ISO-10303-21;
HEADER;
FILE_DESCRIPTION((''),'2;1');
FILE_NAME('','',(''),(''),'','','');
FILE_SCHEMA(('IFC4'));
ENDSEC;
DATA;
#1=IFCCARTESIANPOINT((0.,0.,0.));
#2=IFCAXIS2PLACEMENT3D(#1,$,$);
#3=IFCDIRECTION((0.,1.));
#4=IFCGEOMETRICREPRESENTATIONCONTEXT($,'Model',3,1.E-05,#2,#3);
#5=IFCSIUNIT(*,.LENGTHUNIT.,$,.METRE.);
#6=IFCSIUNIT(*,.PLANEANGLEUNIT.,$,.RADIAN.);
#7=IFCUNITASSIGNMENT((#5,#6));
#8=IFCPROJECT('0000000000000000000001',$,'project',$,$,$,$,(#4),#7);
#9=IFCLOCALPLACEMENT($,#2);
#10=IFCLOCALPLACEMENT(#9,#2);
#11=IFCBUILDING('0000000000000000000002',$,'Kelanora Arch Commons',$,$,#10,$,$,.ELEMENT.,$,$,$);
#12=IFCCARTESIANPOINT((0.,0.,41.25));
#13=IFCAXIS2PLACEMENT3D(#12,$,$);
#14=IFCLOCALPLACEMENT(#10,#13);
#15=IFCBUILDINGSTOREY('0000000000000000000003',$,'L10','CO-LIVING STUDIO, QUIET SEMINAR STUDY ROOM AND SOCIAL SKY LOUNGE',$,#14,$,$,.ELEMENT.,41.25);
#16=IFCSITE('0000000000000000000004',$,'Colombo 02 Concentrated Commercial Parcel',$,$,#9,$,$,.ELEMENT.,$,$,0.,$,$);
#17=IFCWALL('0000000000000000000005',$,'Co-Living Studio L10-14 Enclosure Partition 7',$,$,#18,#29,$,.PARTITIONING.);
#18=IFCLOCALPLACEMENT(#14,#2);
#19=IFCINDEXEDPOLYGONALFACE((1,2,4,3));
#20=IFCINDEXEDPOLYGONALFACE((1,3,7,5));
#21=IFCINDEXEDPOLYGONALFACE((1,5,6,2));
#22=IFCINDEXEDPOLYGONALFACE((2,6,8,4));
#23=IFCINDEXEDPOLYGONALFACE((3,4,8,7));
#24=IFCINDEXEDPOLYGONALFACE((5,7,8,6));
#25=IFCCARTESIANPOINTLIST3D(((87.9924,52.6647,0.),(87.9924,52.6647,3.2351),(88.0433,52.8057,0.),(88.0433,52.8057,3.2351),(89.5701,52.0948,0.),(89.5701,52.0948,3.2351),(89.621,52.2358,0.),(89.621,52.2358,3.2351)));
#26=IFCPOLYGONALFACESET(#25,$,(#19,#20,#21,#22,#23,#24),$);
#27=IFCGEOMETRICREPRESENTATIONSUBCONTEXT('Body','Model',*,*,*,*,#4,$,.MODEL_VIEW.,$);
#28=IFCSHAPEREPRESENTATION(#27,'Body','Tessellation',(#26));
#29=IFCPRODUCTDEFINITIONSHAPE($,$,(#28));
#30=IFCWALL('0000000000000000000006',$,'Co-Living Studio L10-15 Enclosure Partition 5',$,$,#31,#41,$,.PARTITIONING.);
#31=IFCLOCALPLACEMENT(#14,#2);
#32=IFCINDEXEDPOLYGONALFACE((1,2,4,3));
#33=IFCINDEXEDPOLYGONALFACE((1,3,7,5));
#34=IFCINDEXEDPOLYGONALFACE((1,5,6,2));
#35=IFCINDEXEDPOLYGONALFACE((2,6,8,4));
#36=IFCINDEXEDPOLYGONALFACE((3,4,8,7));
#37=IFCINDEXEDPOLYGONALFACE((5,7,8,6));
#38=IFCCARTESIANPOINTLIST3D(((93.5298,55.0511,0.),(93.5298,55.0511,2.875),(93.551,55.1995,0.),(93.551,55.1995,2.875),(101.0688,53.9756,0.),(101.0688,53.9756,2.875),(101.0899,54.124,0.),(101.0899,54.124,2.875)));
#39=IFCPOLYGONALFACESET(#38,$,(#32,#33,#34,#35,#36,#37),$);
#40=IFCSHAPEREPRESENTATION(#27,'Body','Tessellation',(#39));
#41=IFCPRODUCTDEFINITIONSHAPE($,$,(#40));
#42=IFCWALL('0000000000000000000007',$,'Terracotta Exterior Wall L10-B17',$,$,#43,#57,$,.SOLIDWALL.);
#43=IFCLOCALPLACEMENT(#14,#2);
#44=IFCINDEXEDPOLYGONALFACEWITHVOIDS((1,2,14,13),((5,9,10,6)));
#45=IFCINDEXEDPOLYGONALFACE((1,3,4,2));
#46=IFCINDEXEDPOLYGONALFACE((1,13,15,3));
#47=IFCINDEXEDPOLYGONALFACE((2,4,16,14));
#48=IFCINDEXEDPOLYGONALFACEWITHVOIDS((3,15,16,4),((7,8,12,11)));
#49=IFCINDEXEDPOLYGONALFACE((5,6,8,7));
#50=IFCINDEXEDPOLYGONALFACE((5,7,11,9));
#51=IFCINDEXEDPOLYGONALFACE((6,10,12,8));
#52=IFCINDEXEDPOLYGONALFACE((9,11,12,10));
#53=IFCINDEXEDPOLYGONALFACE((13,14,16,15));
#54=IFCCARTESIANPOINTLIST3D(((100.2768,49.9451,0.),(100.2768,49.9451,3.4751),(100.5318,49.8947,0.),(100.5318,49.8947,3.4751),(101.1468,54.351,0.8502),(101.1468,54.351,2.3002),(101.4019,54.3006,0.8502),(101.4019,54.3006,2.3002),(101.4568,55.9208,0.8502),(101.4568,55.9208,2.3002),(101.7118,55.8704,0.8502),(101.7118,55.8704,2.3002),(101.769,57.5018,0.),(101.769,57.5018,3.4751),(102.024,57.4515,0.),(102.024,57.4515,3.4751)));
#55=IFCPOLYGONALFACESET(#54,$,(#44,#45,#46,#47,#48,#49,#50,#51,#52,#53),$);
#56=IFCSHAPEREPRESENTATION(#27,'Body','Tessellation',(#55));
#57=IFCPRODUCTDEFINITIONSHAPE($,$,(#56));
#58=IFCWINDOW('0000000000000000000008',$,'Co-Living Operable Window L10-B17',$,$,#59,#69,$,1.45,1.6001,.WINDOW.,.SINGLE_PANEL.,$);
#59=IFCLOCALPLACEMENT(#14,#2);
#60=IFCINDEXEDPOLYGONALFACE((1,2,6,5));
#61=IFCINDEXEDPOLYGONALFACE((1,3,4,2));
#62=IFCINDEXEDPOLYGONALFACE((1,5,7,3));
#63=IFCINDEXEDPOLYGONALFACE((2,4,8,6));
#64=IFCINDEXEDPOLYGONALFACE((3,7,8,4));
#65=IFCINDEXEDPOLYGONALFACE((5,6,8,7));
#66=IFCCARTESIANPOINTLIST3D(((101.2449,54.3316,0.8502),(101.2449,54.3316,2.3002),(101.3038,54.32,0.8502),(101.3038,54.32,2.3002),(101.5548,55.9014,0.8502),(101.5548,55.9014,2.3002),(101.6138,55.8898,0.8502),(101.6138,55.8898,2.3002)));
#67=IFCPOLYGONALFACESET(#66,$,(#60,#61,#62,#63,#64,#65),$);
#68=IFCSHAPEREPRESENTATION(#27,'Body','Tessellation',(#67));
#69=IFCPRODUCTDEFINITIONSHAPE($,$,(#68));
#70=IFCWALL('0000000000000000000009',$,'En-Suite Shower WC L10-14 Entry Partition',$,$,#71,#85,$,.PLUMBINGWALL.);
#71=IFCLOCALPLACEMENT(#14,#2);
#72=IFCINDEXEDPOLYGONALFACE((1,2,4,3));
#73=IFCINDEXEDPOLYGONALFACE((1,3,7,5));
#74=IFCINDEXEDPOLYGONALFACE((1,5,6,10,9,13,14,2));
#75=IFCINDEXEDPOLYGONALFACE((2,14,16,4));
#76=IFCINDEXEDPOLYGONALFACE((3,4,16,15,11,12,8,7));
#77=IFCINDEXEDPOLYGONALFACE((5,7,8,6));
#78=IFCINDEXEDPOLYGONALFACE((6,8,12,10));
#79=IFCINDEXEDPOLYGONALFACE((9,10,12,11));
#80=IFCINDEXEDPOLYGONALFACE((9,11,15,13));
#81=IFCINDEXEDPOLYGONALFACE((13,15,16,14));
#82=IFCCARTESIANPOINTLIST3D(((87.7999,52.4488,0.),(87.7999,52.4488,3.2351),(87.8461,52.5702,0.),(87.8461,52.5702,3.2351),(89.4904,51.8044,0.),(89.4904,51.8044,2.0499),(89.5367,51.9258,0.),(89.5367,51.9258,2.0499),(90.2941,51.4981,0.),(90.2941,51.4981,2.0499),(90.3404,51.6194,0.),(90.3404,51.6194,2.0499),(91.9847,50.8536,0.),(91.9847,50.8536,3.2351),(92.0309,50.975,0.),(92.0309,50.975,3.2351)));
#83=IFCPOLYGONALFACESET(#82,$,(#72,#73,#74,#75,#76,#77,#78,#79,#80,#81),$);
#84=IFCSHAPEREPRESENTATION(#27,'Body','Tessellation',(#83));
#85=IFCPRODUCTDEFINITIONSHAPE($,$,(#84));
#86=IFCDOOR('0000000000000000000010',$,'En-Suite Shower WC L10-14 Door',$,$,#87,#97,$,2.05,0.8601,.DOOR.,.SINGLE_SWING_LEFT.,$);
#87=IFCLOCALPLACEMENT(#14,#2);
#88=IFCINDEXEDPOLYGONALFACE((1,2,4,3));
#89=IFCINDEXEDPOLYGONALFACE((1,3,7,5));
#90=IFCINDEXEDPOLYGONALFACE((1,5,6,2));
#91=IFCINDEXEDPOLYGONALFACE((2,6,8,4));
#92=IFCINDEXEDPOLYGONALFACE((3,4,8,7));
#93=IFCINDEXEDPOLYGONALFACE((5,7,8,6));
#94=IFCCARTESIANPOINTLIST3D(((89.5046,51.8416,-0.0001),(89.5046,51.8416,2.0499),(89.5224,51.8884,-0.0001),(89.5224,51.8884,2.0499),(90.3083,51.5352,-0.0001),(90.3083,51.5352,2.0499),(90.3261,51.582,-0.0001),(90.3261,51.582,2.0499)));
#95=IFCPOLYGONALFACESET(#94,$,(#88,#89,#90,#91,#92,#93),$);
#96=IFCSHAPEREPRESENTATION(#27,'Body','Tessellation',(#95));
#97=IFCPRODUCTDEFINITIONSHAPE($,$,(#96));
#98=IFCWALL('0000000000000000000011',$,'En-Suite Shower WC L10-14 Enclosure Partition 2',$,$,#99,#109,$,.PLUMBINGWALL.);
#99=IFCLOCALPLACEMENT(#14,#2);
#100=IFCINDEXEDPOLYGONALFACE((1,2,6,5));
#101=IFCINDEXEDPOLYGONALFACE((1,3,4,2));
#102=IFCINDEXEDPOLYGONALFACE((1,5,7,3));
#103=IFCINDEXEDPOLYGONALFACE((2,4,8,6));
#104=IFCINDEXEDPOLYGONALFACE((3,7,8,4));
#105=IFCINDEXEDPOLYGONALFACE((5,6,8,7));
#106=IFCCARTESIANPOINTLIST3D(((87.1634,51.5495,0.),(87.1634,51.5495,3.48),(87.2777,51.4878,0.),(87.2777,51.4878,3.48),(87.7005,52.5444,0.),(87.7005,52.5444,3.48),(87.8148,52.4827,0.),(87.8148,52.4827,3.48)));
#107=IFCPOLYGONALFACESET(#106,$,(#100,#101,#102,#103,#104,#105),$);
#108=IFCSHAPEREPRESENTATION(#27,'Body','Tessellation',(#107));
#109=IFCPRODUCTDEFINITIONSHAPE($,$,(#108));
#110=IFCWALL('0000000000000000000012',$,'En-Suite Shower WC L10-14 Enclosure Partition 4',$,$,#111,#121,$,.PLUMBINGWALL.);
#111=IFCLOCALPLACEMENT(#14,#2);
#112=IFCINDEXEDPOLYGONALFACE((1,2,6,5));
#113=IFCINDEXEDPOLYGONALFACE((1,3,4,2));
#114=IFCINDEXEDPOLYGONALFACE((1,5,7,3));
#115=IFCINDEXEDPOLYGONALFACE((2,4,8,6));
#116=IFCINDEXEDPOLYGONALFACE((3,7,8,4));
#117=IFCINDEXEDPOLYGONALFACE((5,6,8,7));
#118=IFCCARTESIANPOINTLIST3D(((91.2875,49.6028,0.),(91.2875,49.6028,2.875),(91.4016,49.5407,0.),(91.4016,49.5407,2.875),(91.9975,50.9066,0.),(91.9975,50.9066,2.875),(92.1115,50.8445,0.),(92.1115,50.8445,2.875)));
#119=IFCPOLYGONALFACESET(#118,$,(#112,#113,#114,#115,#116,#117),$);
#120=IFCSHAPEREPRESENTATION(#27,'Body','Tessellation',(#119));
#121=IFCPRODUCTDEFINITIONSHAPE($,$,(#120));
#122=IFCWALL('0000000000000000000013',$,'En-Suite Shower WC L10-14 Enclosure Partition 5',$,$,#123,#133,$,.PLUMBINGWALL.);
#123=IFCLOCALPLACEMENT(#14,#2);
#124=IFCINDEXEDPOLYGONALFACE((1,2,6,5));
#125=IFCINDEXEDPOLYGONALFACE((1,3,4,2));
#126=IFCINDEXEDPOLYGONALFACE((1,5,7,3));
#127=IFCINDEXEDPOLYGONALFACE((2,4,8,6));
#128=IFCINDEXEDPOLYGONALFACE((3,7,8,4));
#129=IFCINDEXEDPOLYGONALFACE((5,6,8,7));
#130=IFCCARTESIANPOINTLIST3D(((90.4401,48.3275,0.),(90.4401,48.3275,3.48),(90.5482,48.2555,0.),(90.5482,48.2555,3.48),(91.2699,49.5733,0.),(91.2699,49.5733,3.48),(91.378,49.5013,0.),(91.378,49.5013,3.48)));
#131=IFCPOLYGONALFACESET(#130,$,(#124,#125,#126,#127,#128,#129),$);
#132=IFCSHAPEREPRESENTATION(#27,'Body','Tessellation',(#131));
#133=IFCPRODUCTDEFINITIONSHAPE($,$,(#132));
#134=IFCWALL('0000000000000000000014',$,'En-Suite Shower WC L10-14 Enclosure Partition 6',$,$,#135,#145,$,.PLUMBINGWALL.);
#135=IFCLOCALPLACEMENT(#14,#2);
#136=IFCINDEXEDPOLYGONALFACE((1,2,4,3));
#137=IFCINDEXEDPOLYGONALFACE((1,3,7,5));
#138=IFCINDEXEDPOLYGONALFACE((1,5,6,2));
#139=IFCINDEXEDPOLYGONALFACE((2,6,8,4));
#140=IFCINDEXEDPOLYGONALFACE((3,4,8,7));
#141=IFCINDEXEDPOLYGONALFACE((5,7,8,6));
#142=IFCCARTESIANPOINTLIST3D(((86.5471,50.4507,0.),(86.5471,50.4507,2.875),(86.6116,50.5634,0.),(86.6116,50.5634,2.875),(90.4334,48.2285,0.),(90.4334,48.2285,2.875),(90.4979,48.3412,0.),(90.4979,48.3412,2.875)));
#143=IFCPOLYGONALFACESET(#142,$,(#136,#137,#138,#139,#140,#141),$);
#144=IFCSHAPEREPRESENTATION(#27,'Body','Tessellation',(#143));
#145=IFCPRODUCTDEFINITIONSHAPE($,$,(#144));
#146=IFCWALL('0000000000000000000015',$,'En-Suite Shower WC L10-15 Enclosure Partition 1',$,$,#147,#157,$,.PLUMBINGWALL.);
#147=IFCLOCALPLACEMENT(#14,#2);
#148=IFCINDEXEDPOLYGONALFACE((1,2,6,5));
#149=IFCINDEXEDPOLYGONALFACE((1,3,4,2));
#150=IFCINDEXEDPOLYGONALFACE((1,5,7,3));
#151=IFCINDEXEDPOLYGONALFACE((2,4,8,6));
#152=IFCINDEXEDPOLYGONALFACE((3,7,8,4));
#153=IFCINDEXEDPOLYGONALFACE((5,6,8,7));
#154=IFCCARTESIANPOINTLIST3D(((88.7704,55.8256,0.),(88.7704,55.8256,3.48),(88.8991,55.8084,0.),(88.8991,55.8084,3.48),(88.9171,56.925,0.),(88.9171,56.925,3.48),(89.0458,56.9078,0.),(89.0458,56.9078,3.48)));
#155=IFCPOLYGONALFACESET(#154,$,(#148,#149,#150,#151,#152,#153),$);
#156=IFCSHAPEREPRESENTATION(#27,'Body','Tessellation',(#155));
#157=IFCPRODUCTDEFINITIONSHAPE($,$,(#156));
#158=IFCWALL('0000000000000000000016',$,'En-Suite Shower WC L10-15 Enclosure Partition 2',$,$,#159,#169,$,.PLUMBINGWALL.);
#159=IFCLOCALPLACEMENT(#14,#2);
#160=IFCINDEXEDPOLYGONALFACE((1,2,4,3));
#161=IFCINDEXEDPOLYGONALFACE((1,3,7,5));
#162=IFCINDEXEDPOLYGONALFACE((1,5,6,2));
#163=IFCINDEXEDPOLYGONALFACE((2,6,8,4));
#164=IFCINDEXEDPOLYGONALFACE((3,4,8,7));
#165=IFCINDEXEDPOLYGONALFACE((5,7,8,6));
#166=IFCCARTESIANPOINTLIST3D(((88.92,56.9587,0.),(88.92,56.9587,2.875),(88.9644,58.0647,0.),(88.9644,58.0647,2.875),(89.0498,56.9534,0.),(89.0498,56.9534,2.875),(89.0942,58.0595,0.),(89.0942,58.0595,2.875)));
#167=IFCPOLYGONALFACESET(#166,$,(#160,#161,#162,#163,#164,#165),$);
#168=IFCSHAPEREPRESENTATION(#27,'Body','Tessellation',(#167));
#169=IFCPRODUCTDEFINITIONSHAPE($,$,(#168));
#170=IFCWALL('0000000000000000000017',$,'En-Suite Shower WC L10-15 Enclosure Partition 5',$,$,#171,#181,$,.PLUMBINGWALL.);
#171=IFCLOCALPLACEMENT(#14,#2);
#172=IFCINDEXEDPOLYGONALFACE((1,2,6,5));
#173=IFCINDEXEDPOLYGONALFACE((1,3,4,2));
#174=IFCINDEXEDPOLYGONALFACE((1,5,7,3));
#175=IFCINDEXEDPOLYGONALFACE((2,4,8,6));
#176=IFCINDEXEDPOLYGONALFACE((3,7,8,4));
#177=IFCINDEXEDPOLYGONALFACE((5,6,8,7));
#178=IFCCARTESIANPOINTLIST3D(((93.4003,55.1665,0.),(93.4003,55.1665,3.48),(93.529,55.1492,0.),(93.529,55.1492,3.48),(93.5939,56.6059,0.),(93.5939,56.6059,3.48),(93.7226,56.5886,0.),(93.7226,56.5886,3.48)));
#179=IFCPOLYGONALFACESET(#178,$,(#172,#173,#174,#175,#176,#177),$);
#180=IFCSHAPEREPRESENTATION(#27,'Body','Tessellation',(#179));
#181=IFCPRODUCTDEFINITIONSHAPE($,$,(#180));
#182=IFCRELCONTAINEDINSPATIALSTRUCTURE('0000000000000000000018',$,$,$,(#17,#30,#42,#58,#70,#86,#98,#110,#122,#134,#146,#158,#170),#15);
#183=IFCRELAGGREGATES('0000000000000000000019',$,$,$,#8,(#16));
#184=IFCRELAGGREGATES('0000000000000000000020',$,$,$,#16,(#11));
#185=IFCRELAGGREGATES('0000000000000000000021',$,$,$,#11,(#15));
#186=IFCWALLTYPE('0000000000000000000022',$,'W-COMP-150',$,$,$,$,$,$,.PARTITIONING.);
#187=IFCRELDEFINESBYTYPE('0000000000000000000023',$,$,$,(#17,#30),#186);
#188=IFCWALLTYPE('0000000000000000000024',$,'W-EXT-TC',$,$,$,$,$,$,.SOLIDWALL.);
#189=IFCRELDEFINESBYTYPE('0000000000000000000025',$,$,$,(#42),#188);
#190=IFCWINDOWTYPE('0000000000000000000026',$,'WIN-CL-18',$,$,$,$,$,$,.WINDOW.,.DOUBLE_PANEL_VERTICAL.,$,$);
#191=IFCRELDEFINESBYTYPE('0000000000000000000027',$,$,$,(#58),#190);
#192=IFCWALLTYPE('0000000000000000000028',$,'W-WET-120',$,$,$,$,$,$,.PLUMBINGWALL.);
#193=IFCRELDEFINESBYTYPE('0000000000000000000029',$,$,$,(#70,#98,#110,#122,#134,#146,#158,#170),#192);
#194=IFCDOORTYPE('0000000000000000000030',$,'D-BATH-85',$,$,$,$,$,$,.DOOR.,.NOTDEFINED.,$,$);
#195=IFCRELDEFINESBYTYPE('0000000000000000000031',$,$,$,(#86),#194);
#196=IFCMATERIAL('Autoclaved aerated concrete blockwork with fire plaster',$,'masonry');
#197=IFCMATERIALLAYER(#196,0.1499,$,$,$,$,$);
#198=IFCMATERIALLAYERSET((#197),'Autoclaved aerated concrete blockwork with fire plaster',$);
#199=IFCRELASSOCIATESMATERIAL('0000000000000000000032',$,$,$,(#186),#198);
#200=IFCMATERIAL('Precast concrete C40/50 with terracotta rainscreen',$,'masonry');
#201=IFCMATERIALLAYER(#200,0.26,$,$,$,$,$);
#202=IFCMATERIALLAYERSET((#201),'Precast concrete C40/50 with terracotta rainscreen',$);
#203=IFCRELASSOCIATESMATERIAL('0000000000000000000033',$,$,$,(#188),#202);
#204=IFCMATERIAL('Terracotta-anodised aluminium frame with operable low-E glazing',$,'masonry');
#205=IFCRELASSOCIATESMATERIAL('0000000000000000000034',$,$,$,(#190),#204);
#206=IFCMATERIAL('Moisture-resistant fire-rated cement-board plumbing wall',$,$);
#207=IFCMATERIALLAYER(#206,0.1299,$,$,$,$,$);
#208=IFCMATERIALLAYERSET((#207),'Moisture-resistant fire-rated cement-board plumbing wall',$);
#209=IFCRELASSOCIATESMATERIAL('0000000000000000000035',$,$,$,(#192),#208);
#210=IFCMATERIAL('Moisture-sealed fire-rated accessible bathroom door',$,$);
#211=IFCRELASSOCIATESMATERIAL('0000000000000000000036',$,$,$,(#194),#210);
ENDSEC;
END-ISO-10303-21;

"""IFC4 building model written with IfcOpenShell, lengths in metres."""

from ifc_helpers import new_model, si_unit, direction, frame, frame_2d, origin, place, context, subcontext, project, spatial, rectangle, extrude, material, layer, layer_set, type_object, element, fill, save


model = new_model("IFC4")

# Units and contexts
model_context = context("Model", 3, precision=1e-05, world=origin(), true_north=direction((0.0, 1.0)))
body_context = subcontext(model_context, "Body", "Model", "MODEL_VIEW")
ifc_project = project(units=[si_unit("LENGTHUNIT", "METRE"), si_unit("PLANEANGLEUNIT", "RADIAN")], contexts=[model_context])

# Site, building, storey
site_placement = place(None, origin())
site = spatial("IfcSite", under=ifc_project, at=site_placement, Name="Colombo 02 Concentrated Commercial Parcel", CompositionType="ELEMENT", RefElevation=0.0)
building_placement = place(site_placement, origin())
building = spatial("IfcBuilding", under=site, at=building_placement, Name="Kelanora Arch Commons", CompositionType="ELEMENT")
storey_placement = place(building_placement, frame((0.0, 0.0, 41.25)))
storey = spatial("IfcBuildingStorey", under=building, at=storey_placement, Name="L10", Description="CO-LIVING STUDIO, QUIET SEMINAR STUDY ROOM AND SOCIAL SKY LOUNGE", CompositionType="ELEMENT", Elevation=41.25)

# Shared definitions
ifc_material_1 = material(Name="Autoclaved aerated concrete blockwork with fire plaster", Category="masonry")
ifc_layer_1 = layer(ifc_material_1, 0.1499)
ifc_layer_set_1 = layer_set([ifc_layer_1], Name="Autoclaved aerated concrete blockwork with fire plaster")
wall_type_1 = type_object("IfcWallType", Name="W-COMP-150", PredefinedType="PARTITIONING", material=ifc_layer_set_1)

# Walls
wall_1_placement = place(storey_placement, frame((89.5957, 52.1653, 0.0), z_axis=(0.0, 0.0, 1.0), x_axis=(-0.940531, 0.339709, 0.0)))
element("IfcWall", 1, at=wall_1_placement, inside=storey, type_object=wall_type_1, Name="Co-Living Studio L10-14 Enclosure Partition 7", PredefinedType="PARTITIONING", context=body_context, shape_type="SweptSolid", body=[
    extrude(rectangle(XDim=1.6775, YDim=0.1499, at=frame_2d((0.8389, 0.0))), origin(), (0.0, 0.0, 1.0), 3.2351),
])
wall_2_placement = place(storey_placement, frame((101.0793, 54.0498, 0.0), z_axis=(0.0, 0.0, 1.0), x_axis=(-0.989978, 0.141224, 0.0)))
element("IfcWall", 2, at=wall_2_placement, inside=storey, type_object=wall_type_1, Name="Co-Living Studio L10-15 Enclosure Partition 5", PredefinedType="PARTITIONING", context=body_context, shape_type="SweptSolid", body=[
    extrude(rectangle(XDim=7.6152, YDim=0.1499, at=frame_2d((3.8076, 0.0))), origin(), (0.0, 0.0, 1.0), 2.875),
])

# Wall, opening, window
ifc_material_2 = material(Name="Precast concrete C40/50 with terracotta rainscreen", Category="masonry")
ifc_layer_2 = layer(ifc_material_2, 0.26)
ifc_layer_set_2 = layer_set([ifc_layer_2], Name="Precast concrete C40/50 with terracotta rainscreen")
wall_type_2 = type_object("IfcWallType", Name="W-EXT-TC", PredefinedType="SOLIDWALL", material=ifc_layer_set_2)
wall_3_placement = place(storey_placement, frame((100.4043, 49.9199, 0.0), z_axis=(0.0, 0.0, 1.0), x_axis=(0.193726, 0.981056, 0.0)))
wall_3 = element("IfcWall", 3, at=wall_3_placement, inside=storey, type_object=wall_type_2, Name="Terracotta Exterior Wall L10-B17", PredefinedType="SOLIDWALL", context=body_context, shape_type="SweptSolid", body=[
    extrude(rectangle(XDim=7.7026, YDim=0.26, at=frame_2d((3.8513, 0.0))), origin(), (0.0, 0.0, 1.0), 3.4751),
])
opening_1_placement = place(wall_3_placement, frame((4.491, 0.0, 0.8501)))
opening_1 = element("IfcOpeningElement", 4, at=opening_1_placement, cuts=wall_3, PredefinedType="OPENING", context=body_context, shape_type="SweptSolid", body=[
    extrude(rectangle(XDim=1.6001, YDim=1.45, at=frame_2d((0.8, 0.7251))), frame((0.0, 0.1401, 0.0), z_axis=(0.0, -1.0, 0.0), x_axis=(1.0, 0.0, 0.0)), (0.0, 0.0, 1.0), 0.28),
])
ifc_material_3 = material(Name="Terracotta-anodised aluminium frame with operable low-E glazing", Category="masonry")
window_type = type_object("IfcWindowType", Name="WIN-CL-18", PartitioningType="DOUBLE_PANEL_VERTICAL", PredefinedType="WINDOW", material=ifc_material_3)
window_placement = place(opening_1_placement, origin())
window = element("IfcWindow", 5, at=window_placement, inside=storey, type_object=window_type, Name="Co-Living Operable Window L10-B17", OverallHeight=1.45, OverallWidth=1.6001, PartitioningType="SINGLE_PANEL", PredefinedType="WINDOW", context=body_context, shape_type="SweptSolid", body=[
    extrude(rectangle(XDim=1.6001, YDim=1.45, at=frame_2d((0.8, 0.7251))), frame((0.0, 0.03, 0.0), z_axis=(0.0, -1.0, 0.0), x_axis=(1.0, 0.0, 0.0)), (0.0, 0.0, 1.0), 0.0601),
])
fill(opening_1, window)

# Wall, opening, door
ifc_material_4 = material(Name="Moisture-resistant fire-rated cement-board plumbing wall")
ifc_layer_3 = layer(ifc_material_4, 0.1299)
ifc_layer_set_3 = layer_set([ifc_layer_3], Name="Moisture-resistant fire-rated cement-board plumbing wall")
wall_type_3 = type_object("IfcWallType", Name="W-WET-120", PredefinedType="PLUMBINGWALL", material=ifc_layer_set_3)
wall_4_placement = place(storey_placement, frame((87.823, 52.5095, 0.0), z_axis=(0.0, 0.0, 1.0), x_axis=(0.934413, -0.35619, 0.0)))
wall_4 = element("IfcWall", 6, at=wall_4_placement, inside=storey, type_object=wall_type_3, Name="En-Suite Shower WC L10-14 Entry Partition", PredefinedType="PLUMBINGWALL", context=body_context, shape_type="SweptSolid", body=[
    extrude(rectangle(XDim=4.4785, YDim=0.1299, at=frame_2d((2.2393, 0.0))), origin(), (0.0, 0.0, 1.0), 3.2351),
])
opening_2_placement = place(wall_4_placement, frame((1.8091, 0.0, 0.0)))
opening_2 = element("IfcOpeningElement", 7, at=opening_2_placement, cuts=wall_4, PredefinedType="OPENING", context=body_context, shape_type="SweptSolid", body=[
    extrude(rectangle(XDim=0.8601, YDim=2.05, at=frame_2d((0.4302, 1.0249))), frame((0.0, 0.075, 0.0), z_axis=(0.0, -1.0, 0.0), x_axis=(1.0, 0.0, 0.0)), (0.0, 0.0, 1.0), 0.1499),
])
ifc_material_5 = material(Name="Moisture-sealed fire-rated accessible bathroom door")
door_type_1 = type_object("IfcDoorType", Name="D-BATH-85", OperationType="NOTDEFINED", PredefinedType="DOOR", material=ifc_material_5)
door_1_placement = place(opening_2_placement, origin())
door_1 = element("IfcDoor", 8, at=door_1_placement, inside=storey, type_object=door_type_1, Name="En-Suite Shower WC L10-14 Door", OperationType="SINGLE_SWING_LEFT", OverallHeight=2.05, OverallWidth=0.8601, PredefinedType="DOOR", context=body_context, shape_type="SweptSolid", body=[
    extrude(rectangle(XDim=0.8601, YDim=2.05, at=frame_2d((0.4302, 1.0249))), frame((0.0, 0.0249, 0.0), z_axis=(0.0, -1.0, 0.0), x_axis=(1.0, 0.0, 0.0)), (0.0, 0.0, 1.0), 0.05),
])
fill(opening_2, door_1)

# Walls
wall_5_placement = place(storey_placement, frame((87.2205, 51.5186, 0.0), z_axis=(0.0, 0.0, 1.0), x_axis=(0.475065, 0.879951, 0.0)))
element("IfcWall", 9, at=wall_5_placement, inside=storey, type_object=wall_type_3, Name="En-Suite Shower WC L10-14 Enclosure Partition 2", PredefinedType="PLUMBINGWALL", context=body_context, shape_type="SweptSolid", body=[
    extrude(rectangle(XDim=1.1306, YDim=0.1299, at=frame_2d((0.5654, 0.0))), origin(), (0.0, 0.0, 1.0), 3.48),
])
wall_6_placement = place(storey_placement, frame((92.0544, 50.8755, 0.0), z_axis=(0.0, 0.0, 1.0), x_axis=(-0.478184, -0.87826, 0.0)))
element("IfcWall", 10, at=wall_6_placement, inside=storey, type_object=wall_type_3, Name="En-Suite Shower WC L10-14 Enclosure Partition 4", PredefinedType="PLUMBINGWALL", context=body_context, shape_type="SweptSolid", body=[
    extrude(rectangle(XDim=1.4846, YDim=0.1299, at=frame_2d((0.7422, 0.0))), origin(), (0.0, 0.0, 1.0), 2.875),
])
wall_7_placement = place(storey_placement, frame((91.324, 49.5374, 0.0), z_axis=(0.0, 0.0, 1.0), x_axis=(-0.554361, -0.832276, 0.0)))
element("IfcWall", 11, at=wall_7_placement, inside=storey, type_object=wall_type_3, Name="En-Suite Shower WC L10-14 Enclosure Partition 5", PredefinedType="PLUMBINGWALL", context=body_context, shape_type="SweptSolid", body=[
    extrude(rectangle(XDim=1.4968, YDim=0.1299, at=frame_2d((0.7485, 0.0))), origin(), (0.0, 0.0, 1.0), 3.48),
])
wall_8_placement = place(storey_placement, frame((90.4656, 48.2849, 0.0), z_axis=(0.0, 0.0, 1.0), x_axis=(-0.868102, 0.496386, 0.0)))
element("IfcWall", 12, at=wall_8_placement, inside=storey, type_object=wall_type_3, Name="En-Suite Shower WC L10-14 Enclosure Partition 6", PredefinedType="PLUMBINGWALL", context=body_context, shape_type="SweptSolid", body=[
    extrude(rectangle(XDim=4.4768, YDim=0.1299, at=frame_2d((2.2383, 0.0))), origin(), (0.0, 0.0, 1.0), 2.875),
])
wall_9_placement = place(storey_placement, frame((88.8347, 55.8169, 0.0), z_axis=(0.0, 0.0, 1.0), x_axis=(0.132293, 0.991211, 0.0)))
element("IfcWall", 13, at=wall_9_placement, inside=storey, type_object=wall_type_3, Name="En-Suite Shower WC L10-15 Enclosure Partition 1", PredefinedType="PLUMBINGWALL", context=body_context, shape_type="SweptSolid", body=[
    extrude(rectangle(XDim=1.1091, YDim=0.1299, at=frame_2d((0.5547, 0.0))), origin(), (0.0, 0.0, 1.0), 3.48),
])
wall_10_placement = place(storey_placement, frame((88.9849, 56.9561, 0.0), z_axis=(0.0, 0.0, 1.0), x_axis=(0.040144, 0.999194, 0.0)))
element("IfcWall", 14, at=wall_10_placement, inside=storey, type_object=wall_type_3, Name="En-Suite Shower WC L10-15 Enclosure Partition 2", PredefinedType="PLUMBINGWALL", context=body_context, shape_type="SweptSolid", body=[
    extrude(rectangle(XDim=1.1069, YDim=0.1299, at=frame_2d((0.5535, 0.0))), origin(), (0.0, 0.0, 1.0), 2.875),
])
wall_11_placement = place(storey_placement, frame((93.6582, 56.5972, 0.0), z_axis=(0.0, 0.0, 1.0), x_axis=(-0.133298, -0.991076, 0.0)))
element("IfcWall", 15, at=wall_11_placement, inside=storey, type_object=wall_type_3, Name="En-Suite Shower WC L10-15 Enclosure Partition 5", PredefinedType="PLUMBINGWALL", context=body_context, shape_type="SweptSolid", body=[
    extrude(rectangle(XDim=1.4524, YDim=0.1299, at=frame_2d((0.7261, 0.0))), origin(), (0.0, 0.0, 1.0), 3.48),
])

save(model, "model.ifc")
